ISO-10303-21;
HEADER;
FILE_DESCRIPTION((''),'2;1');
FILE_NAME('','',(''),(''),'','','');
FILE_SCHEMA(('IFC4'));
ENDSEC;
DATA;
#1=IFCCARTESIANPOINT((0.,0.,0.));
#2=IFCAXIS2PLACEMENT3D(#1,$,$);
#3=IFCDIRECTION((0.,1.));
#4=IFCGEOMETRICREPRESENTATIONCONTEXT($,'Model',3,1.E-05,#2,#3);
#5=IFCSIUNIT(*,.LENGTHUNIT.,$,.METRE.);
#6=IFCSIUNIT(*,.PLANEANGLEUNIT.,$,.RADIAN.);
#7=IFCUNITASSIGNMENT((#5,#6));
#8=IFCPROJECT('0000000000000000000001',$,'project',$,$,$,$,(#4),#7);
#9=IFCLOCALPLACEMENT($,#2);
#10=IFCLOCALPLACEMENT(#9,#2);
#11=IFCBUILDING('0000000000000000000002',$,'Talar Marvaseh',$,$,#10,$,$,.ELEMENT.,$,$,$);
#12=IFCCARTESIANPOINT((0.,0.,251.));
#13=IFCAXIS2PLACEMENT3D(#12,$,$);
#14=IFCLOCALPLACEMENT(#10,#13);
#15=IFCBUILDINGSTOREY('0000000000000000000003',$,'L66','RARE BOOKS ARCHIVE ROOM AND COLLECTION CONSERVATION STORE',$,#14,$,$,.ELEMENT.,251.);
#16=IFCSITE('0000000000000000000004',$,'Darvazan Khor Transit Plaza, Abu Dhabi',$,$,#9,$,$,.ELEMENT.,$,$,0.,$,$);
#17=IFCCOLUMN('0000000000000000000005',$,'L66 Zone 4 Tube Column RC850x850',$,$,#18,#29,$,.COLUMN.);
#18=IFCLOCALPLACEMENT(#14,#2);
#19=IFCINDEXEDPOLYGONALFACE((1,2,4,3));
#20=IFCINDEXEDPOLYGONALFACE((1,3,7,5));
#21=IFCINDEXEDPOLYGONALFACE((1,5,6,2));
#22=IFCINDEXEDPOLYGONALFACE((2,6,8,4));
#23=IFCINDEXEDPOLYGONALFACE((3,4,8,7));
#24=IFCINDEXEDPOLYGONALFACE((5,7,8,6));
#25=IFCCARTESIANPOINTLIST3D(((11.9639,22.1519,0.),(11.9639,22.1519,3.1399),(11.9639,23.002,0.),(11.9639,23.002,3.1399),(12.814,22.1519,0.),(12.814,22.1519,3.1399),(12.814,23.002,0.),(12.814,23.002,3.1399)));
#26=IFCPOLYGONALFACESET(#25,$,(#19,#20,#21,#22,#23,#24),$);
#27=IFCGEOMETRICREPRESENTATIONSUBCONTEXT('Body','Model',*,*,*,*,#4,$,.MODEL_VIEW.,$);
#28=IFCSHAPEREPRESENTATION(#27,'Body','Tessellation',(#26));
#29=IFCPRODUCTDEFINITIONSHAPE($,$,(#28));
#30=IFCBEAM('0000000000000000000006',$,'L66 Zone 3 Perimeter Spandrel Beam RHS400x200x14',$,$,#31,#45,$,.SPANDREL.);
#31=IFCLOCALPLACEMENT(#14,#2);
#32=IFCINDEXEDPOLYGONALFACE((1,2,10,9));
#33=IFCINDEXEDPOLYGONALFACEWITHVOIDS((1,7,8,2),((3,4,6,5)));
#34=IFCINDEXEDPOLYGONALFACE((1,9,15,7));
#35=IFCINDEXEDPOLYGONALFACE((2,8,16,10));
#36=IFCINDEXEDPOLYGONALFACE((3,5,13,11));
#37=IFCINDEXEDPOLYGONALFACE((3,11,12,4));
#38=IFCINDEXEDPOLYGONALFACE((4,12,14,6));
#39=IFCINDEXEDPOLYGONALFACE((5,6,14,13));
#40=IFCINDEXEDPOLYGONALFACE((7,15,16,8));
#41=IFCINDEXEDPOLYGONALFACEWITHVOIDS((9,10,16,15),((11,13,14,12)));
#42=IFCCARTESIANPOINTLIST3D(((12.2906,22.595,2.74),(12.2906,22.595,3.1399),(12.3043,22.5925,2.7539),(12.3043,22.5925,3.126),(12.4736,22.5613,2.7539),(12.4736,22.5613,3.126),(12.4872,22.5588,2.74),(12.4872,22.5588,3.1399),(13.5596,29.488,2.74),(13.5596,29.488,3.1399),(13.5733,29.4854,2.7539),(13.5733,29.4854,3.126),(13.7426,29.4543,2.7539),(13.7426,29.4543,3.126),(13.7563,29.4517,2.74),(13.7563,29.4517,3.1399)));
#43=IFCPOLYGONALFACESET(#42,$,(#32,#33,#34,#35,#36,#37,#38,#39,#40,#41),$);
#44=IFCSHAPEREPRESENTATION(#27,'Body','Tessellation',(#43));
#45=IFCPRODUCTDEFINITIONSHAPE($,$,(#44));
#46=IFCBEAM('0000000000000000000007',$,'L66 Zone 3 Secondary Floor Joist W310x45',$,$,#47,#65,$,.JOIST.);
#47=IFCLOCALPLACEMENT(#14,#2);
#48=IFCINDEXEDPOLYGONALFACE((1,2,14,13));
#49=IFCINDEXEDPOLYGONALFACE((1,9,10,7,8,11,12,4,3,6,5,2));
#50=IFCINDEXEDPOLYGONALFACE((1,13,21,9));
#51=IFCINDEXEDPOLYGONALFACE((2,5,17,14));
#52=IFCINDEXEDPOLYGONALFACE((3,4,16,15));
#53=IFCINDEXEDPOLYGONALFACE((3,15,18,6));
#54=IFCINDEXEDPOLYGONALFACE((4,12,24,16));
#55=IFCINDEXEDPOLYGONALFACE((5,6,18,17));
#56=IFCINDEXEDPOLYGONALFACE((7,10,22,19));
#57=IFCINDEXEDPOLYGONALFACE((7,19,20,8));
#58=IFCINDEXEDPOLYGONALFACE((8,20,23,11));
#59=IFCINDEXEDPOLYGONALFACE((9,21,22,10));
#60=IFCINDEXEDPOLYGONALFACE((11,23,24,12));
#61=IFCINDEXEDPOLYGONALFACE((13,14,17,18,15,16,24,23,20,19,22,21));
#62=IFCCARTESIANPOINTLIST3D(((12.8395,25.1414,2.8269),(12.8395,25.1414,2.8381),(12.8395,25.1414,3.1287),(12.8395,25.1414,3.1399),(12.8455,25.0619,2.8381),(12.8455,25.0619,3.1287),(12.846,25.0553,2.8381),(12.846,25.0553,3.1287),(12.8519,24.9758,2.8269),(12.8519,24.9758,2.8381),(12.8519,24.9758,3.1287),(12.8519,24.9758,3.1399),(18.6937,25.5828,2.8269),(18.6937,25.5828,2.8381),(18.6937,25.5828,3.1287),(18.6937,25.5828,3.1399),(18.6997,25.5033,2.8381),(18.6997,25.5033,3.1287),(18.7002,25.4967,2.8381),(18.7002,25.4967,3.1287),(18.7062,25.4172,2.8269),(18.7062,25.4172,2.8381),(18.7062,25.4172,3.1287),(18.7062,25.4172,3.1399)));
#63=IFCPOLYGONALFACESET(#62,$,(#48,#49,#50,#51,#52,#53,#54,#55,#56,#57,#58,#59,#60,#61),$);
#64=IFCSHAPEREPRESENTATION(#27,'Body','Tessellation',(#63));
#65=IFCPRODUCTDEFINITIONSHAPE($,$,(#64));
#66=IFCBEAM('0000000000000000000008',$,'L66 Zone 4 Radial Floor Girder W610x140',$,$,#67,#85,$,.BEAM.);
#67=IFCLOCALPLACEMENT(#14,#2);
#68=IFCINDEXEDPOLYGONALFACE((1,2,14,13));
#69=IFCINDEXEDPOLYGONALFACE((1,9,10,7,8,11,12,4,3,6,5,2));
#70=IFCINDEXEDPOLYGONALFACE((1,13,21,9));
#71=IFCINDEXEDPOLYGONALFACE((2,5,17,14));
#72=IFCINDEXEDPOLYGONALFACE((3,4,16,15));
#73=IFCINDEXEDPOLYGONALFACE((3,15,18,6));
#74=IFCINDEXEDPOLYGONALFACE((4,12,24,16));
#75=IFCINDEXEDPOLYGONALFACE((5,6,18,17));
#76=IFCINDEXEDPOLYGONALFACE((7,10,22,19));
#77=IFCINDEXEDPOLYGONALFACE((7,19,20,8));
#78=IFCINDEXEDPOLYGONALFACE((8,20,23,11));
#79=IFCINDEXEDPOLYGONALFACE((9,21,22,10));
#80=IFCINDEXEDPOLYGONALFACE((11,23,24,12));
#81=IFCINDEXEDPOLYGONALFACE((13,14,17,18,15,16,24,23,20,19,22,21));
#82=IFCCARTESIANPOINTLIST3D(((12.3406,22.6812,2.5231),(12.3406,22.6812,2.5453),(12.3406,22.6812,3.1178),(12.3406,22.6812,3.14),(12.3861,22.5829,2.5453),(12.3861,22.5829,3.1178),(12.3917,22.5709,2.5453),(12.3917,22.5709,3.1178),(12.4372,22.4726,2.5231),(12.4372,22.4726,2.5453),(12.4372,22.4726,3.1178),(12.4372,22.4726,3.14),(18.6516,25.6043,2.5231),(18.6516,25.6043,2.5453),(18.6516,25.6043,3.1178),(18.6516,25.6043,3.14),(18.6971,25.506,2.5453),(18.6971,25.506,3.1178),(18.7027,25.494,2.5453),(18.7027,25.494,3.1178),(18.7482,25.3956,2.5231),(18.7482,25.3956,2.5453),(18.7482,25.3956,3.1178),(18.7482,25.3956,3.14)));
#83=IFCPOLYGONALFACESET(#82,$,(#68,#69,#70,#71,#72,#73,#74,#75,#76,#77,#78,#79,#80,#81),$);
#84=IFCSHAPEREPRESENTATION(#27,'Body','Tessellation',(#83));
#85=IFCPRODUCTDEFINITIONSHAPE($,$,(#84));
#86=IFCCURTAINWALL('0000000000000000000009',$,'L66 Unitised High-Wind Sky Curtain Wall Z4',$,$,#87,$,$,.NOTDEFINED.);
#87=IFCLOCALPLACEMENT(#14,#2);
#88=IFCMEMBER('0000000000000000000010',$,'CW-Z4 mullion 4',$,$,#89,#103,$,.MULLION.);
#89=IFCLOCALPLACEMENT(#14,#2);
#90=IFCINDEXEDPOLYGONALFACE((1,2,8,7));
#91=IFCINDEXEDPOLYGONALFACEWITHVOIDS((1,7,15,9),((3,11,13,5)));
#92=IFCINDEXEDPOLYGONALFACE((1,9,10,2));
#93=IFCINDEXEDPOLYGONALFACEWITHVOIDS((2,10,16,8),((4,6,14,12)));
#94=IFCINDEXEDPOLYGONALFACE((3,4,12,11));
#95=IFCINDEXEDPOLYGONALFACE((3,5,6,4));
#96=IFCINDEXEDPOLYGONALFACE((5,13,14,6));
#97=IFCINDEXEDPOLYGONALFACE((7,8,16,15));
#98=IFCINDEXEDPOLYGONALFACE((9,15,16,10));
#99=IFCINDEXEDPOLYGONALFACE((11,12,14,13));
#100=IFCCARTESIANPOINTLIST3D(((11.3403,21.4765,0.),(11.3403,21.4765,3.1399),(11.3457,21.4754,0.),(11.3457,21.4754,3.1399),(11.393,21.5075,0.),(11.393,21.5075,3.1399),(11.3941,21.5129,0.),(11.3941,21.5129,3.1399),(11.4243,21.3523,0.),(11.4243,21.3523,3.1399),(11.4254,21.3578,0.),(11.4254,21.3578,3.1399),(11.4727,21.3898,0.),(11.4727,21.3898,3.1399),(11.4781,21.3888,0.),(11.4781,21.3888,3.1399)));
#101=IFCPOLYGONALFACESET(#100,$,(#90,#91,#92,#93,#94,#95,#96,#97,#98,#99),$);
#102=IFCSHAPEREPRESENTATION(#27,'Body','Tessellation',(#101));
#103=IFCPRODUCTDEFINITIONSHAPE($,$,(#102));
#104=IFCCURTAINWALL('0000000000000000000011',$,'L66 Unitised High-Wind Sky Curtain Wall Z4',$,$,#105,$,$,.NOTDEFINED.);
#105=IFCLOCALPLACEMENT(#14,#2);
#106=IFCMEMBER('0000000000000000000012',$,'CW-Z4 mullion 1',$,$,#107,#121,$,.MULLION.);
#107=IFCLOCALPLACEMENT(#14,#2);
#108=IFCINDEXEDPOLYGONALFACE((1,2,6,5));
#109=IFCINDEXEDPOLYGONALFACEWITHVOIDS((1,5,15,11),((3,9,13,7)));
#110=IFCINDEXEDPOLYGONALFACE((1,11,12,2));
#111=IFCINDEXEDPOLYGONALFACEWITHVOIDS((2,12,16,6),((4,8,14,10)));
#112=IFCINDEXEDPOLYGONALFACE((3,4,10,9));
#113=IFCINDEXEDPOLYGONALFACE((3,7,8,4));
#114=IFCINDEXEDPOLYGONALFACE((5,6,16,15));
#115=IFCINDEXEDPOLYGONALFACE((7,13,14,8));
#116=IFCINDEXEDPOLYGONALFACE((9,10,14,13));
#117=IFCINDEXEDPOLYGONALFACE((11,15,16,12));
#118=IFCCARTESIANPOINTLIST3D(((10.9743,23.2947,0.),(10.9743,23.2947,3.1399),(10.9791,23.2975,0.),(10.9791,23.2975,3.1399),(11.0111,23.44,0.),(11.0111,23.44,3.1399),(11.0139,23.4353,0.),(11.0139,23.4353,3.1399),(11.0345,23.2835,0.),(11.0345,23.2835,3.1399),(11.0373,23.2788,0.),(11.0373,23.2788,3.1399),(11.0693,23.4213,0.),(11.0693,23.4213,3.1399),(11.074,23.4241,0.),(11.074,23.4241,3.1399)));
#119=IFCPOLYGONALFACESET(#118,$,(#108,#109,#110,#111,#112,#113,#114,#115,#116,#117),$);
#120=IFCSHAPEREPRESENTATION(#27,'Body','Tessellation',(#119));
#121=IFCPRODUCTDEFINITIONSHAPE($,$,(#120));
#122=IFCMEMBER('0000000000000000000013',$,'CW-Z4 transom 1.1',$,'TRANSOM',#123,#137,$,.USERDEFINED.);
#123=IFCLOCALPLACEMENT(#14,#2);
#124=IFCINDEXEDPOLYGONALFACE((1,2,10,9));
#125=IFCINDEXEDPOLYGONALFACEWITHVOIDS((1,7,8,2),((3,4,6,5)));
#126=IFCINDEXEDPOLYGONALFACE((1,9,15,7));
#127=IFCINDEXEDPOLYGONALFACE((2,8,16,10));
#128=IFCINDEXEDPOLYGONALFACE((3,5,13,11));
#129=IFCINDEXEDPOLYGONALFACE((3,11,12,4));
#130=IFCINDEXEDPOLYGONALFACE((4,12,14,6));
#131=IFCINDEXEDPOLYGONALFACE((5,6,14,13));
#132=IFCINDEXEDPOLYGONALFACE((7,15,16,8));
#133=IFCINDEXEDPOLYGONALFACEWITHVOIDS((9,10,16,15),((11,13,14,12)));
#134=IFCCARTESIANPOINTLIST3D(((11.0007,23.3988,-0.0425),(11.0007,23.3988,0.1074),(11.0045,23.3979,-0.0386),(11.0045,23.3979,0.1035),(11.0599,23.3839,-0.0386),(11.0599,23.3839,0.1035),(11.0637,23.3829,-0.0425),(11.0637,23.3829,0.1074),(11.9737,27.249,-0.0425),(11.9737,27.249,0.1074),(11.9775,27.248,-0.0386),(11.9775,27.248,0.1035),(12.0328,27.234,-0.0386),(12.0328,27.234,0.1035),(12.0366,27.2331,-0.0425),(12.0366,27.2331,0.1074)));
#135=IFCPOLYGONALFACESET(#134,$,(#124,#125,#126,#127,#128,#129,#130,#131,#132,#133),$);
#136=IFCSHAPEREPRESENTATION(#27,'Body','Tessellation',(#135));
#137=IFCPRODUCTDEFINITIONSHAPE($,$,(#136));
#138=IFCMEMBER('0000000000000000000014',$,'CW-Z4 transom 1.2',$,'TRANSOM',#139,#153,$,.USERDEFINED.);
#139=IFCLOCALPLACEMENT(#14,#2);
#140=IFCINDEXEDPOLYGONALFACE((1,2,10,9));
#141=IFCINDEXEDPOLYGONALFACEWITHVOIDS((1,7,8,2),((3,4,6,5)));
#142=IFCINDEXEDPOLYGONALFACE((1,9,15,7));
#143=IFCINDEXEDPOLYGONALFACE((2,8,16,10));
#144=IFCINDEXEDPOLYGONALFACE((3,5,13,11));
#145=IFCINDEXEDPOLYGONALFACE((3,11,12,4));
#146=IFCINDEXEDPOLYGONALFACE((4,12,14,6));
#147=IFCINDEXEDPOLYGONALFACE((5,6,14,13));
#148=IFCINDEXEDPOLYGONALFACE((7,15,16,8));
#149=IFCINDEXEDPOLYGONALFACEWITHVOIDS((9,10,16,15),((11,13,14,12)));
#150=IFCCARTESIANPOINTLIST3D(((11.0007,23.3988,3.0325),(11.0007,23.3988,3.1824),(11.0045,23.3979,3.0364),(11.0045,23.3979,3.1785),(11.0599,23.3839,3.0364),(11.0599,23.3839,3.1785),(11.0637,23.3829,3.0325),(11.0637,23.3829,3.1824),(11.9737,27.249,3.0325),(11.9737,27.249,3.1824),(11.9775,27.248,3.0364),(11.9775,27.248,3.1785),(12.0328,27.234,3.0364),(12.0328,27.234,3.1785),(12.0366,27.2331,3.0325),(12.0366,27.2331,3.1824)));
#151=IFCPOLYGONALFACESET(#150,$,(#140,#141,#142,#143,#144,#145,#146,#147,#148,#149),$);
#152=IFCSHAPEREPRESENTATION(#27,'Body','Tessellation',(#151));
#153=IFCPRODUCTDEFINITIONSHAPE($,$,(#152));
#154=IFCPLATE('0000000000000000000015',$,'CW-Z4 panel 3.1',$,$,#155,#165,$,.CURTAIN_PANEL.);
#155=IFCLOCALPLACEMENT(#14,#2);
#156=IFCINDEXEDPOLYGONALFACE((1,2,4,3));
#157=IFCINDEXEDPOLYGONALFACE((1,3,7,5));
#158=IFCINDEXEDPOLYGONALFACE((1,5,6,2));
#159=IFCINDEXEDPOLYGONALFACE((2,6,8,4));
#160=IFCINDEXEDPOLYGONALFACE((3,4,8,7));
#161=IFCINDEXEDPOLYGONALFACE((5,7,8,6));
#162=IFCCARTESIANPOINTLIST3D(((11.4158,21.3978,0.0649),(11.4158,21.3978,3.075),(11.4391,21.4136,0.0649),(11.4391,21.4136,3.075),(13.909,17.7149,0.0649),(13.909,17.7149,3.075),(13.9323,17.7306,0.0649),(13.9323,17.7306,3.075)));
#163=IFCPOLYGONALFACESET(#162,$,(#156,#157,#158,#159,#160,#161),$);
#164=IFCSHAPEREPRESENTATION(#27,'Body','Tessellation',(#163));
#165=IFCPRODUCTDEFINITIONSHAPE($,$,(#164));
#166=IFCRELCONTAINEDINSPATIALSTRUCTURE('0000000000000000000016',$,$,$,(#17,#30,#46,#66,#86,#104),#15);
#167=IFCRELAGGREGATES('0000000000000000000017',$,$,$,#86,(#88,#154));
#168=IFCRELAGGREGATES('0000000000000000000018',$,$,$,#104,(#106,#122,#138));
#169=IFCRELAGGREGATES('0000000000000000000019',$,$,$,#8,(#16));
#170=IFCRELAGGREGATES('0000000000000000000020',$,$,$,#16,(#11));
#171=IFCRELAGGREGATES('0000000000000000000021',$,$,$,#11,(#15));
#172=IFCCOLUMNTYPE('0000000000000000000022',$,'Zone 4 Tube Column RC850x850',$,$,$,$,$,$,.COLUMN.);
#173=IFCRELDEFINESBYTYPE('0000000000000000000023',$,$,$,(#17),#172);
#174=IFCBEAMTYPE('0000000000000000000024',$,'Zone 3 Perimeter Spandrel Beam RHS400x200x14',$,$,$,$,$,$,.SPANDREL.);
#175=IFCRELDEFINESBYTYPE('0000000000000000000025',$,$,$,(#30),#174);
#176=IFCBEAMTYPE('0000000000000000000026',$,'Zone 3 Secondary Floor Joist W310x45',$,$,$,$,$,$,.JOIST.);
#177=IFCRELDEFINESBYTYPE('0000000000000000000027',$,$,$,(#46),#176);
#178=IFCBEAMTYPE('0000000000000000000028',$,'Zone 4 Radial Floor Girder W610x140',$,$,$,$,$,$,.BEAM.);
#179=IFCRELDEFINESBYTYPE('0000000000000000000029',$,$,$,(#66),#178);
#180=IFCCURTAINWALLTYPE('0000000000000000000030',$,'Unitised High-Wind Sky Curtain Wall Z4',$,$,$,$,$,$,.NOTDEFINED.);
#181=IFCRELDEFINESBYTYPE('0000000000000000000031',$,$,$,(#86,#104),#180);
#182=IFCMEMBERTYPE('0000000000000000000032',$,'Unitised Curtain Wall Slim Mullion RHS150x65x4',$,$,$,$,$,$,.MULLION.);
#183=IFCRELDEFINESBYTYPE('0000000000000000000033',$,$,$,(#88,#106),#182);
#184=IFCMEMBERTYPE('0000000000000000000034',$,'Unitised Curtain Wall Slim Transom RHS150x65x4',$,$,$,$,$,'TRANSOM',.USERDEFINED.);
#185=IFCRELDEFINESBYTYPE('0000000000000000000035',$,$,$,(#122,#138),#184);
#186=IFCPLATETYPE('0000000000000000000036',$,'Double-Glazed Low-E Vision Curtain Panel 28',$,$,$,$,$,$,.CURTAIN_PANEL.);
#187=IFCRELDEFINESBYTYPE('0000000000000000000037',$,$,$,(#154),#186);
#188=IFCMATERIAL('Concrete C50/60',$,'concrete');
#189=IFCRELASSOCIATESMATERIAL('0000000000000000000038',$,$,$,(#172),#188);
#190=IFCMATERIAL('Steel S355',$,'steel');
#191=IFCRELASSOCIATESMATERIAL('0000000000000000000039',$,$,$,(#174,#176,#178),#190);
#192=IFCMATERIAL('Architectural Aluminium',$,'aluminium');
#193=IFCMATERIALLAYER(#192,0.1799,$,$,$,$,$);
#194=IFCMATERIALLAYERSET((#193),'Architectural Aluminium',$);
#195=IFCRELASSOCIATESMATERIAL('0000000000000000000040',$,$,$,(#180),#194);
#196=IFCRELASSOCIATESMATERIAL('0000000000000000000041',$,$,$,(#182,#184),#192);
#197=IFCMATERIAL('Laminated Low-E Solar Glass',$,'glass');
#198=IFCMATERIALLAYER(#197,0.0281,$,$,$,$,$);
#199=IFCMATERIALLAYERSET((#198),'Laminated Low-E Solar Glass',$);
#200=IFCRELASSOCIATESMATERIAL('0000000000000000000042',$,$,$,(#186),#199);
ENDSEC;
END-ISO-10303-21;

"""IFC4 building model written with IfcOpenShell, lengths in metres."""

from ifc_helpers import new_model, si_unit, direction, frame, origin, origin_2d, place, context, subcontext, project, spatial, rectangle, hollow_rectangle, i_section, extrude, source, transform, mapped, material, layer, layer_set, material_profile, profile_set, type_object, type_shapes, element, aggregate, save


model = new_model("IFC4")

# Units and contexts
model_context = context("Model", 3, precision=1e-05, world=origin(), true_north=direction((0.0, 1.0)))
body_context = subcontext(model_context, "Body", "Model", "MODEL_VIEW")
ifc_project = project(units=[si_unit("LENGTHUNIT", "METRE"), si_unit("PLANEANGLEUNIT", "RADIAN")], contexts=[model_context])

# Site, building, storey
site_placement = place(None, origin())
site = spatial("IfcSite", under=ifc_project, at=site_placement, Name="Darvazan Khor Transit Plaza, Abu Dhabi", CompositionType="ELEMENT", RefElevation=0.0)
building_placement = place(site_placement, origin())
building = spatial("IfcBuilding", under=site, at=building_placement, Name="Talar Marvaseh", CompositionType="ELEMENT")
storey_placement = place(building_placement, frame((0.0, 0.0, 251.0)))
storey = spatial("IfcBuildingStorey", under=building, at=storey_placement, Name="L66", Description="RARE BOOKS ARCHIVE ROOM AND COLLECTION CONSERVATION STORE", CompositionType="ELEMENT", Elevation=251.0)

# Column
ifc_material_1 = material(Name="Concrete C50/60", Category="concrete")
ifc_material_profile_1 = material_profile(ifc_material_1, rectangle(XDim=0.8501, YDim=0.8501, at=origin_2d()), Name="RC850x850")
ifc_profile_set_1 = profile_set([ifc_material_profile_1], Name="Concrete C50/60")
column_type = type_object("IfcColumnType", Name="Zone 4 Tube Column RC850x850", PredefinedType="COLUMN", material=ifc_profile_set_1)
column_placement = place(storey_placement, frame((12.3889, 22.5769, 0.0), z_axis=(0.0, 0.0, 1.0), x_axis=(1.0, 0.0, 0.0)))
element("IfcColumn", 1, at=column_placement, inside=storey, type_object=column_type, Name="L66 Zone 4 Tube Column RC850x850", PredefinedType="COLUMN", context=body_context, shape_type="SweptSolid", body=[
    extrude(rectangle(XDim=0.8501, YDim=0.8501, at=origin_2d()), origin(), (0.0, 0.0, 1.0), 3.1399),
])

# Beams
ifc_material_2 = material(Name="Steel S355", Category="steel")
ifc_material_profile_2 = material_profile(ifc_material_2, hollow_rectangle(XDim=0.2, YDim=0.3999, WallThickness=0.0139, at=origin_2d()), Name="RHS400x200x14")
ifc_profile_set_2 = profile_set([ifc_material_profile_2], Name="Steel S355")
beam_type_1 = type_object("IfcBeamType", Name="Zone 3 Perimeter Spandrel Beam RHS400x200x14", PredefinedType="SPANDREL", material=ifc_profile_set_2)
beam_1_placement = place(storey_placement, frame((12.3889, 22.5769, 2.9399), z_axis=(0.181061, 0.983472, 0.0), x_axis=(-0.983472, 0.181061, 0.0)))
element("IfcBeam", 2, at=beam_1_placement, inside=storey, type_object=beam_type_1, Name="L66 Zone 3 Perimeter Spandrel Beam RHS400x200x14", PredefinedType="SPANDREL", context=body_context, shape_type="SweptSolid", body=[
    extrude(hollow_rectangle(XDim=0.2, YDim=0.3999, WallThickness=0.0139, at=origin_2d()), origin(), (0.0, 0.0, 1.0), 7.0088),
])
ifc_material_profile_3 = material_profile(ifc_material_2, i_section(OverallWidth=0.166, OverallDepth=0.313, WebThickness=0.0066, FlangeThickness=0.0112, at=origin_2d()), Name="W310x45")
ifc_profile_set_3 = profile_set([ifc_material_profile_3], Name="Steel S355")
beam_type_2 = type_object("IfcBeamType", Name="Zone 3 Secondary Floor Joist W310x45", PredefinedType="JOIST", material=ifc_profile_set_3)
beam_2_placement = place(storey_placement, frame((12.8457, 25.0586, 2.9834), z_axis=(0.99717, 0.075186, 0.0), x_axis=(-0.075186, 0.99717, 0.0)))
element("IfcBeam", 3, at=beam_2_placement, inside=storey, type_object=beam_type_2, Name="L66 Zone 3 Secondary Floor Joist W310x45", PredefinedType="JOIST", context=body_context, shape_type="SweptSolid", body=[
    extrude(i_section(OverallWidth=0.166, OverallDepth=0.313, WebThickness=0.0066, FlangeThickness=0.0112, at=origin_2d()), origin(), (0.0, 0.0, 1.0), 5.8708),
])
ifc_material_profile_4 = material_profile(ifc_material_2, i_section(OverallWidth=0.23, OverallDepth=0.6169, WebThickness=0.0132, FlangeThickness=0.0222, at=origin_2d()), Name="W610x140")
ifc_profile_set_4 = profile_set([ifc_material_profile_4], Name="Steel S355")
beam_type_3 = type_object("IfcBeamType", Name="Zone 4 Radial Floor Girder W610x140", PredefinedType="BEAM", material=ifc_profile_set_4)
beam_3_placement = place(storey_placement, frame((12.3889, 22.5769, 2.8315), z_axis=(0.907395, 0.42028, 0.0), x_axis=(-0.42028, 0.907395, 0.0)))
element("IfcBeam", 4, at=beam_3_placement, inside=storey, type_object=beam_type_3, Name="L66 Zone 4 Radial Floor Girder W610x140", PredefinedType="BEAM", context=body_context, shape_type="SweptSolid", body=[
    extrude(i_section(OverallWidth=0.23, OverallDepth=0.6169, WebThickness=0.0132, FlangeThickness=0.0222, at=origin_2d()), origin(), (0.0, 0.0, 1.0), 6.9551),
])

# Curtain wall, member
ifc_material_3 = material(Name="Architectural Aluminium", Category="aluminium")
ifc_layer_1 = layer(ifc_material_3, 0.1799)
ifc_layer_set_1 = layer_set([ifc_layer_1], Name="Architectural Aluminium")
curtain_wall_type = type_object("IfcCurtainWallType", Name="Unitised High-Wind Sky Curtain Wall Z4", PredefinedType="NOTDEFINED", material=ifc_layer_set_1)
curtain_wall_1_placement = place(storey_placement, origin())
curtain_wall_1 = element("IfcCurtainWall", 5, at=curtain_wall_1_placement, inside=storey, type_object=curtain_wall_type, Name="L66 Unitised High-Wind Sky Curtain Wall Z4", PredefinedType="NOTDEFINED")
ifc_material_profile_5 = material_profile(ifc_material_3, hollow_rectangle(XDim=0.0649, YDim=0.1499, WallThickness=0.0039, at=origin_2d()), Name="RHS150x65x4")
ifc_profile_set_5 = profile_set([ifc_material_profile_5], Name="Architectural Aluminium")
member_type_1 = type_object("IfcMemberType", Name="Unitised Curtain Wall Slim Mullion RHS150x65x4", PredefinedType="MULLION", material=ifc_profile_set_5)
shared_shape_1 = source(origin(), body_context, "Body", "SweptSolid", [
    extrude(hollow_rectangle(XDim=0.0649, YDim=0.1499, WallThickness=0.0039, at=origin_2d()), origin(), (0.0, 0.0, 1.0), 3.1399),
])
type_shapes(member_type_1, [shared_shape_1])
member_1_placement = place(storey_placement, frame((11.4092, 21.4326, 0.0), z_axis=(0.0, 0.0, 1.0), x_axis=(-0.828098, -0.560583, 0.0)))
member_1 = element("IfcMember", 6, at=member_1_placement, type_object=member_type_1, Name="CW-Z4 mullion 4", PredefinedType="MULLION", context=body_context, shape_type="MappedRepresentation", body=[
    mapped(shared_shape_1, transform((0.0, 0.0, 0.0), x_axis=(1.0, 0.0, 0.0), y_axis=(0.0, 1.0, 0.0), z_axis=(0.0, 0.0, 1.0), scale=1.0)),
])

# Curtain wall, members
curtain_wall_2_placement = place(storey_placement, origin())
curtain_wall_2 = element("IfcCurtainWall", 7, at=curtain_wall_2_placement, inside=storey, type_object=curtain_wall_type, Name="L66 Unitised High-Wind Sky Curtain Wall Z4", PredefinedType="NOTDEFINED")
member_2_placement = place(storey_placement, frame((11.0242, 23.3594, 0.0), z_axis=(0.0, 0.0, 1.0), x_axis=(-0.969523, 0.245002, 0.0)))
member_2 = element("IfcMember", 8, at=member_2_placement, type_object=member_type_1, Name="CW-Z4 mullion 1", PredefinedType="MULLION", context=body_context, shape_type="MappedRepresentation", body=[
    mapped(shared_shape_1, transform((0.0, 0.0, 0.0), x_axis=(1.0, 0.0, 0.0), y_axis=(0.0, 1.0, 0.0), z_axis=(0.0, 0.0, 1.0), scale=1.0)),
])
ifc_material_profile_6 = material_profile(ifc_material_3, hollow_rectangle(XDim=0.0649, YDim=0.1499, WallThickness=0.0039, at=origin_2d()), Name="RHS150x65x4")
ifc_profile_set_6 = profile_set([ifc_material_profile_6], Name="Architectural Aluminium")
member_type_2 = type_object("IfcMemberType", Name="Unitised Curtain Wall Slim Transom RHS150x65x4", ElementType="TRANSOM", PredefinedType="USERDEFINED", material=ifc_profile_set_6)
shared_shape_2 = source(origin(), body_context, "Body", "SweptSolid", [
    extrude(hollow_rectangle(XDim=0.0649, YDim=0.1499, WallThickness=0.0039, at=origin_2d()), origin(), (0.0, 0.0, 1.0), 3.9712),
])
type_shapes(member_type_2, [shared_shape_2])
member_3_placement = place(storey_placement, frame((11.0322, 23.3909, 0.0325), z_axis=(0.244994, 0.969525, 0.0), x_axis=(-0.969525, 0.244994, 0.0)))
member_3 = element("IfcMember", 9, at=member_3_placement, type_object=member_type_2, Name="CW-Z4 transom 1.1", ObjectType="TRANSOM", PredefinedType="USERDEFINED", context=body_context, shape_type="MappedRepresentation", body=[
    mapped(shared_shape_2, transform((0.0, 0.0, 0.0), x_axis=(1.0, 0.0, 0.0), y_axis=(0.0, 1.0, 0.0), z_axis=(0.0, 0.0, 1.0), scale=1.0)),
])
member_4_placement = place(storey_placement, frame((11.0322, 23.3909, 3.1074), z_axis=(0.244994, 0.969525, 0.0), x_axis=(-0.969525, 0.244994, 0.0)))
member_4 = element("IfcMember", 10, at=member_4_placement, type_object=member_type_2, Name="CW-Z4 transom 1.2", ObjectType="TRANSOM", PredefinedType="USERDEFINED", context=body_context, shape_type="MappedRepresentation", body=[
    mapped(shared_shape_2, transform((0.0, 0.0, 0.0), x_axis=(1.0, 0.0, 0.0), y_axis=(0.0, 1.0, 0.0), z_axis=(0.0, 0.0, 1.0), scale=1.0)),
])

# Plate
ifc_material_4 = material(Name="Laminated Low-E Solar Glass", Category="glass")
ifc_layer_2 = layer(ifc_material_4, 0.0281)
ifc_layer_set_2 = layer_set([ifc_layer_2], Name="Laminated Low-E Solar Glass")
plate_type = type_object("IfcPlateType", Name="Double-Glazed Low-E Vision Curtain Panel 28", PredefinedType="CURTAIN_PANEL", material=ifc_layer_set_2)
shared_shape_3 = source(origin(), body_context, "Body", "SweptSolid", [
    extrude(rectangle(XDim=4.4475, YDim=0.0281, at=origin_2d()), origin(), (0.0, 0.0, 1.0), 3.01),
])
plate_1_placement = place(storey_placement, frame((12.6741, 19.5642, 0.0649), z_axis=(0.0, 0.0, 1.0), x_axis=(-0.560583, 0.828098, 0.0)))
plate_1 = element("IfcPlate", 11, at=plate_1_placement, type_object=plate_type, Name="CW-Z4 panel 3.1", PredefinedType="CURTAIN_PANEL", context=body_context, shape_type="MappedRepresentation", body=[
    mapped(shared_shape_3, transform((0.0, 0.0, 0.0), x_axis=(1.0, 0.0, 0.0), y_axis=(0.0, 1.0, 0.0), z_axis=(0.0, 0.0, 1.0), scale=1.0)),
])
aggregate(curtain_wall_1, [member_1, plate_1])
aggregate(curtain_wall_2, [member_2, member_3, member_4])

save(model, "model.ifc")
